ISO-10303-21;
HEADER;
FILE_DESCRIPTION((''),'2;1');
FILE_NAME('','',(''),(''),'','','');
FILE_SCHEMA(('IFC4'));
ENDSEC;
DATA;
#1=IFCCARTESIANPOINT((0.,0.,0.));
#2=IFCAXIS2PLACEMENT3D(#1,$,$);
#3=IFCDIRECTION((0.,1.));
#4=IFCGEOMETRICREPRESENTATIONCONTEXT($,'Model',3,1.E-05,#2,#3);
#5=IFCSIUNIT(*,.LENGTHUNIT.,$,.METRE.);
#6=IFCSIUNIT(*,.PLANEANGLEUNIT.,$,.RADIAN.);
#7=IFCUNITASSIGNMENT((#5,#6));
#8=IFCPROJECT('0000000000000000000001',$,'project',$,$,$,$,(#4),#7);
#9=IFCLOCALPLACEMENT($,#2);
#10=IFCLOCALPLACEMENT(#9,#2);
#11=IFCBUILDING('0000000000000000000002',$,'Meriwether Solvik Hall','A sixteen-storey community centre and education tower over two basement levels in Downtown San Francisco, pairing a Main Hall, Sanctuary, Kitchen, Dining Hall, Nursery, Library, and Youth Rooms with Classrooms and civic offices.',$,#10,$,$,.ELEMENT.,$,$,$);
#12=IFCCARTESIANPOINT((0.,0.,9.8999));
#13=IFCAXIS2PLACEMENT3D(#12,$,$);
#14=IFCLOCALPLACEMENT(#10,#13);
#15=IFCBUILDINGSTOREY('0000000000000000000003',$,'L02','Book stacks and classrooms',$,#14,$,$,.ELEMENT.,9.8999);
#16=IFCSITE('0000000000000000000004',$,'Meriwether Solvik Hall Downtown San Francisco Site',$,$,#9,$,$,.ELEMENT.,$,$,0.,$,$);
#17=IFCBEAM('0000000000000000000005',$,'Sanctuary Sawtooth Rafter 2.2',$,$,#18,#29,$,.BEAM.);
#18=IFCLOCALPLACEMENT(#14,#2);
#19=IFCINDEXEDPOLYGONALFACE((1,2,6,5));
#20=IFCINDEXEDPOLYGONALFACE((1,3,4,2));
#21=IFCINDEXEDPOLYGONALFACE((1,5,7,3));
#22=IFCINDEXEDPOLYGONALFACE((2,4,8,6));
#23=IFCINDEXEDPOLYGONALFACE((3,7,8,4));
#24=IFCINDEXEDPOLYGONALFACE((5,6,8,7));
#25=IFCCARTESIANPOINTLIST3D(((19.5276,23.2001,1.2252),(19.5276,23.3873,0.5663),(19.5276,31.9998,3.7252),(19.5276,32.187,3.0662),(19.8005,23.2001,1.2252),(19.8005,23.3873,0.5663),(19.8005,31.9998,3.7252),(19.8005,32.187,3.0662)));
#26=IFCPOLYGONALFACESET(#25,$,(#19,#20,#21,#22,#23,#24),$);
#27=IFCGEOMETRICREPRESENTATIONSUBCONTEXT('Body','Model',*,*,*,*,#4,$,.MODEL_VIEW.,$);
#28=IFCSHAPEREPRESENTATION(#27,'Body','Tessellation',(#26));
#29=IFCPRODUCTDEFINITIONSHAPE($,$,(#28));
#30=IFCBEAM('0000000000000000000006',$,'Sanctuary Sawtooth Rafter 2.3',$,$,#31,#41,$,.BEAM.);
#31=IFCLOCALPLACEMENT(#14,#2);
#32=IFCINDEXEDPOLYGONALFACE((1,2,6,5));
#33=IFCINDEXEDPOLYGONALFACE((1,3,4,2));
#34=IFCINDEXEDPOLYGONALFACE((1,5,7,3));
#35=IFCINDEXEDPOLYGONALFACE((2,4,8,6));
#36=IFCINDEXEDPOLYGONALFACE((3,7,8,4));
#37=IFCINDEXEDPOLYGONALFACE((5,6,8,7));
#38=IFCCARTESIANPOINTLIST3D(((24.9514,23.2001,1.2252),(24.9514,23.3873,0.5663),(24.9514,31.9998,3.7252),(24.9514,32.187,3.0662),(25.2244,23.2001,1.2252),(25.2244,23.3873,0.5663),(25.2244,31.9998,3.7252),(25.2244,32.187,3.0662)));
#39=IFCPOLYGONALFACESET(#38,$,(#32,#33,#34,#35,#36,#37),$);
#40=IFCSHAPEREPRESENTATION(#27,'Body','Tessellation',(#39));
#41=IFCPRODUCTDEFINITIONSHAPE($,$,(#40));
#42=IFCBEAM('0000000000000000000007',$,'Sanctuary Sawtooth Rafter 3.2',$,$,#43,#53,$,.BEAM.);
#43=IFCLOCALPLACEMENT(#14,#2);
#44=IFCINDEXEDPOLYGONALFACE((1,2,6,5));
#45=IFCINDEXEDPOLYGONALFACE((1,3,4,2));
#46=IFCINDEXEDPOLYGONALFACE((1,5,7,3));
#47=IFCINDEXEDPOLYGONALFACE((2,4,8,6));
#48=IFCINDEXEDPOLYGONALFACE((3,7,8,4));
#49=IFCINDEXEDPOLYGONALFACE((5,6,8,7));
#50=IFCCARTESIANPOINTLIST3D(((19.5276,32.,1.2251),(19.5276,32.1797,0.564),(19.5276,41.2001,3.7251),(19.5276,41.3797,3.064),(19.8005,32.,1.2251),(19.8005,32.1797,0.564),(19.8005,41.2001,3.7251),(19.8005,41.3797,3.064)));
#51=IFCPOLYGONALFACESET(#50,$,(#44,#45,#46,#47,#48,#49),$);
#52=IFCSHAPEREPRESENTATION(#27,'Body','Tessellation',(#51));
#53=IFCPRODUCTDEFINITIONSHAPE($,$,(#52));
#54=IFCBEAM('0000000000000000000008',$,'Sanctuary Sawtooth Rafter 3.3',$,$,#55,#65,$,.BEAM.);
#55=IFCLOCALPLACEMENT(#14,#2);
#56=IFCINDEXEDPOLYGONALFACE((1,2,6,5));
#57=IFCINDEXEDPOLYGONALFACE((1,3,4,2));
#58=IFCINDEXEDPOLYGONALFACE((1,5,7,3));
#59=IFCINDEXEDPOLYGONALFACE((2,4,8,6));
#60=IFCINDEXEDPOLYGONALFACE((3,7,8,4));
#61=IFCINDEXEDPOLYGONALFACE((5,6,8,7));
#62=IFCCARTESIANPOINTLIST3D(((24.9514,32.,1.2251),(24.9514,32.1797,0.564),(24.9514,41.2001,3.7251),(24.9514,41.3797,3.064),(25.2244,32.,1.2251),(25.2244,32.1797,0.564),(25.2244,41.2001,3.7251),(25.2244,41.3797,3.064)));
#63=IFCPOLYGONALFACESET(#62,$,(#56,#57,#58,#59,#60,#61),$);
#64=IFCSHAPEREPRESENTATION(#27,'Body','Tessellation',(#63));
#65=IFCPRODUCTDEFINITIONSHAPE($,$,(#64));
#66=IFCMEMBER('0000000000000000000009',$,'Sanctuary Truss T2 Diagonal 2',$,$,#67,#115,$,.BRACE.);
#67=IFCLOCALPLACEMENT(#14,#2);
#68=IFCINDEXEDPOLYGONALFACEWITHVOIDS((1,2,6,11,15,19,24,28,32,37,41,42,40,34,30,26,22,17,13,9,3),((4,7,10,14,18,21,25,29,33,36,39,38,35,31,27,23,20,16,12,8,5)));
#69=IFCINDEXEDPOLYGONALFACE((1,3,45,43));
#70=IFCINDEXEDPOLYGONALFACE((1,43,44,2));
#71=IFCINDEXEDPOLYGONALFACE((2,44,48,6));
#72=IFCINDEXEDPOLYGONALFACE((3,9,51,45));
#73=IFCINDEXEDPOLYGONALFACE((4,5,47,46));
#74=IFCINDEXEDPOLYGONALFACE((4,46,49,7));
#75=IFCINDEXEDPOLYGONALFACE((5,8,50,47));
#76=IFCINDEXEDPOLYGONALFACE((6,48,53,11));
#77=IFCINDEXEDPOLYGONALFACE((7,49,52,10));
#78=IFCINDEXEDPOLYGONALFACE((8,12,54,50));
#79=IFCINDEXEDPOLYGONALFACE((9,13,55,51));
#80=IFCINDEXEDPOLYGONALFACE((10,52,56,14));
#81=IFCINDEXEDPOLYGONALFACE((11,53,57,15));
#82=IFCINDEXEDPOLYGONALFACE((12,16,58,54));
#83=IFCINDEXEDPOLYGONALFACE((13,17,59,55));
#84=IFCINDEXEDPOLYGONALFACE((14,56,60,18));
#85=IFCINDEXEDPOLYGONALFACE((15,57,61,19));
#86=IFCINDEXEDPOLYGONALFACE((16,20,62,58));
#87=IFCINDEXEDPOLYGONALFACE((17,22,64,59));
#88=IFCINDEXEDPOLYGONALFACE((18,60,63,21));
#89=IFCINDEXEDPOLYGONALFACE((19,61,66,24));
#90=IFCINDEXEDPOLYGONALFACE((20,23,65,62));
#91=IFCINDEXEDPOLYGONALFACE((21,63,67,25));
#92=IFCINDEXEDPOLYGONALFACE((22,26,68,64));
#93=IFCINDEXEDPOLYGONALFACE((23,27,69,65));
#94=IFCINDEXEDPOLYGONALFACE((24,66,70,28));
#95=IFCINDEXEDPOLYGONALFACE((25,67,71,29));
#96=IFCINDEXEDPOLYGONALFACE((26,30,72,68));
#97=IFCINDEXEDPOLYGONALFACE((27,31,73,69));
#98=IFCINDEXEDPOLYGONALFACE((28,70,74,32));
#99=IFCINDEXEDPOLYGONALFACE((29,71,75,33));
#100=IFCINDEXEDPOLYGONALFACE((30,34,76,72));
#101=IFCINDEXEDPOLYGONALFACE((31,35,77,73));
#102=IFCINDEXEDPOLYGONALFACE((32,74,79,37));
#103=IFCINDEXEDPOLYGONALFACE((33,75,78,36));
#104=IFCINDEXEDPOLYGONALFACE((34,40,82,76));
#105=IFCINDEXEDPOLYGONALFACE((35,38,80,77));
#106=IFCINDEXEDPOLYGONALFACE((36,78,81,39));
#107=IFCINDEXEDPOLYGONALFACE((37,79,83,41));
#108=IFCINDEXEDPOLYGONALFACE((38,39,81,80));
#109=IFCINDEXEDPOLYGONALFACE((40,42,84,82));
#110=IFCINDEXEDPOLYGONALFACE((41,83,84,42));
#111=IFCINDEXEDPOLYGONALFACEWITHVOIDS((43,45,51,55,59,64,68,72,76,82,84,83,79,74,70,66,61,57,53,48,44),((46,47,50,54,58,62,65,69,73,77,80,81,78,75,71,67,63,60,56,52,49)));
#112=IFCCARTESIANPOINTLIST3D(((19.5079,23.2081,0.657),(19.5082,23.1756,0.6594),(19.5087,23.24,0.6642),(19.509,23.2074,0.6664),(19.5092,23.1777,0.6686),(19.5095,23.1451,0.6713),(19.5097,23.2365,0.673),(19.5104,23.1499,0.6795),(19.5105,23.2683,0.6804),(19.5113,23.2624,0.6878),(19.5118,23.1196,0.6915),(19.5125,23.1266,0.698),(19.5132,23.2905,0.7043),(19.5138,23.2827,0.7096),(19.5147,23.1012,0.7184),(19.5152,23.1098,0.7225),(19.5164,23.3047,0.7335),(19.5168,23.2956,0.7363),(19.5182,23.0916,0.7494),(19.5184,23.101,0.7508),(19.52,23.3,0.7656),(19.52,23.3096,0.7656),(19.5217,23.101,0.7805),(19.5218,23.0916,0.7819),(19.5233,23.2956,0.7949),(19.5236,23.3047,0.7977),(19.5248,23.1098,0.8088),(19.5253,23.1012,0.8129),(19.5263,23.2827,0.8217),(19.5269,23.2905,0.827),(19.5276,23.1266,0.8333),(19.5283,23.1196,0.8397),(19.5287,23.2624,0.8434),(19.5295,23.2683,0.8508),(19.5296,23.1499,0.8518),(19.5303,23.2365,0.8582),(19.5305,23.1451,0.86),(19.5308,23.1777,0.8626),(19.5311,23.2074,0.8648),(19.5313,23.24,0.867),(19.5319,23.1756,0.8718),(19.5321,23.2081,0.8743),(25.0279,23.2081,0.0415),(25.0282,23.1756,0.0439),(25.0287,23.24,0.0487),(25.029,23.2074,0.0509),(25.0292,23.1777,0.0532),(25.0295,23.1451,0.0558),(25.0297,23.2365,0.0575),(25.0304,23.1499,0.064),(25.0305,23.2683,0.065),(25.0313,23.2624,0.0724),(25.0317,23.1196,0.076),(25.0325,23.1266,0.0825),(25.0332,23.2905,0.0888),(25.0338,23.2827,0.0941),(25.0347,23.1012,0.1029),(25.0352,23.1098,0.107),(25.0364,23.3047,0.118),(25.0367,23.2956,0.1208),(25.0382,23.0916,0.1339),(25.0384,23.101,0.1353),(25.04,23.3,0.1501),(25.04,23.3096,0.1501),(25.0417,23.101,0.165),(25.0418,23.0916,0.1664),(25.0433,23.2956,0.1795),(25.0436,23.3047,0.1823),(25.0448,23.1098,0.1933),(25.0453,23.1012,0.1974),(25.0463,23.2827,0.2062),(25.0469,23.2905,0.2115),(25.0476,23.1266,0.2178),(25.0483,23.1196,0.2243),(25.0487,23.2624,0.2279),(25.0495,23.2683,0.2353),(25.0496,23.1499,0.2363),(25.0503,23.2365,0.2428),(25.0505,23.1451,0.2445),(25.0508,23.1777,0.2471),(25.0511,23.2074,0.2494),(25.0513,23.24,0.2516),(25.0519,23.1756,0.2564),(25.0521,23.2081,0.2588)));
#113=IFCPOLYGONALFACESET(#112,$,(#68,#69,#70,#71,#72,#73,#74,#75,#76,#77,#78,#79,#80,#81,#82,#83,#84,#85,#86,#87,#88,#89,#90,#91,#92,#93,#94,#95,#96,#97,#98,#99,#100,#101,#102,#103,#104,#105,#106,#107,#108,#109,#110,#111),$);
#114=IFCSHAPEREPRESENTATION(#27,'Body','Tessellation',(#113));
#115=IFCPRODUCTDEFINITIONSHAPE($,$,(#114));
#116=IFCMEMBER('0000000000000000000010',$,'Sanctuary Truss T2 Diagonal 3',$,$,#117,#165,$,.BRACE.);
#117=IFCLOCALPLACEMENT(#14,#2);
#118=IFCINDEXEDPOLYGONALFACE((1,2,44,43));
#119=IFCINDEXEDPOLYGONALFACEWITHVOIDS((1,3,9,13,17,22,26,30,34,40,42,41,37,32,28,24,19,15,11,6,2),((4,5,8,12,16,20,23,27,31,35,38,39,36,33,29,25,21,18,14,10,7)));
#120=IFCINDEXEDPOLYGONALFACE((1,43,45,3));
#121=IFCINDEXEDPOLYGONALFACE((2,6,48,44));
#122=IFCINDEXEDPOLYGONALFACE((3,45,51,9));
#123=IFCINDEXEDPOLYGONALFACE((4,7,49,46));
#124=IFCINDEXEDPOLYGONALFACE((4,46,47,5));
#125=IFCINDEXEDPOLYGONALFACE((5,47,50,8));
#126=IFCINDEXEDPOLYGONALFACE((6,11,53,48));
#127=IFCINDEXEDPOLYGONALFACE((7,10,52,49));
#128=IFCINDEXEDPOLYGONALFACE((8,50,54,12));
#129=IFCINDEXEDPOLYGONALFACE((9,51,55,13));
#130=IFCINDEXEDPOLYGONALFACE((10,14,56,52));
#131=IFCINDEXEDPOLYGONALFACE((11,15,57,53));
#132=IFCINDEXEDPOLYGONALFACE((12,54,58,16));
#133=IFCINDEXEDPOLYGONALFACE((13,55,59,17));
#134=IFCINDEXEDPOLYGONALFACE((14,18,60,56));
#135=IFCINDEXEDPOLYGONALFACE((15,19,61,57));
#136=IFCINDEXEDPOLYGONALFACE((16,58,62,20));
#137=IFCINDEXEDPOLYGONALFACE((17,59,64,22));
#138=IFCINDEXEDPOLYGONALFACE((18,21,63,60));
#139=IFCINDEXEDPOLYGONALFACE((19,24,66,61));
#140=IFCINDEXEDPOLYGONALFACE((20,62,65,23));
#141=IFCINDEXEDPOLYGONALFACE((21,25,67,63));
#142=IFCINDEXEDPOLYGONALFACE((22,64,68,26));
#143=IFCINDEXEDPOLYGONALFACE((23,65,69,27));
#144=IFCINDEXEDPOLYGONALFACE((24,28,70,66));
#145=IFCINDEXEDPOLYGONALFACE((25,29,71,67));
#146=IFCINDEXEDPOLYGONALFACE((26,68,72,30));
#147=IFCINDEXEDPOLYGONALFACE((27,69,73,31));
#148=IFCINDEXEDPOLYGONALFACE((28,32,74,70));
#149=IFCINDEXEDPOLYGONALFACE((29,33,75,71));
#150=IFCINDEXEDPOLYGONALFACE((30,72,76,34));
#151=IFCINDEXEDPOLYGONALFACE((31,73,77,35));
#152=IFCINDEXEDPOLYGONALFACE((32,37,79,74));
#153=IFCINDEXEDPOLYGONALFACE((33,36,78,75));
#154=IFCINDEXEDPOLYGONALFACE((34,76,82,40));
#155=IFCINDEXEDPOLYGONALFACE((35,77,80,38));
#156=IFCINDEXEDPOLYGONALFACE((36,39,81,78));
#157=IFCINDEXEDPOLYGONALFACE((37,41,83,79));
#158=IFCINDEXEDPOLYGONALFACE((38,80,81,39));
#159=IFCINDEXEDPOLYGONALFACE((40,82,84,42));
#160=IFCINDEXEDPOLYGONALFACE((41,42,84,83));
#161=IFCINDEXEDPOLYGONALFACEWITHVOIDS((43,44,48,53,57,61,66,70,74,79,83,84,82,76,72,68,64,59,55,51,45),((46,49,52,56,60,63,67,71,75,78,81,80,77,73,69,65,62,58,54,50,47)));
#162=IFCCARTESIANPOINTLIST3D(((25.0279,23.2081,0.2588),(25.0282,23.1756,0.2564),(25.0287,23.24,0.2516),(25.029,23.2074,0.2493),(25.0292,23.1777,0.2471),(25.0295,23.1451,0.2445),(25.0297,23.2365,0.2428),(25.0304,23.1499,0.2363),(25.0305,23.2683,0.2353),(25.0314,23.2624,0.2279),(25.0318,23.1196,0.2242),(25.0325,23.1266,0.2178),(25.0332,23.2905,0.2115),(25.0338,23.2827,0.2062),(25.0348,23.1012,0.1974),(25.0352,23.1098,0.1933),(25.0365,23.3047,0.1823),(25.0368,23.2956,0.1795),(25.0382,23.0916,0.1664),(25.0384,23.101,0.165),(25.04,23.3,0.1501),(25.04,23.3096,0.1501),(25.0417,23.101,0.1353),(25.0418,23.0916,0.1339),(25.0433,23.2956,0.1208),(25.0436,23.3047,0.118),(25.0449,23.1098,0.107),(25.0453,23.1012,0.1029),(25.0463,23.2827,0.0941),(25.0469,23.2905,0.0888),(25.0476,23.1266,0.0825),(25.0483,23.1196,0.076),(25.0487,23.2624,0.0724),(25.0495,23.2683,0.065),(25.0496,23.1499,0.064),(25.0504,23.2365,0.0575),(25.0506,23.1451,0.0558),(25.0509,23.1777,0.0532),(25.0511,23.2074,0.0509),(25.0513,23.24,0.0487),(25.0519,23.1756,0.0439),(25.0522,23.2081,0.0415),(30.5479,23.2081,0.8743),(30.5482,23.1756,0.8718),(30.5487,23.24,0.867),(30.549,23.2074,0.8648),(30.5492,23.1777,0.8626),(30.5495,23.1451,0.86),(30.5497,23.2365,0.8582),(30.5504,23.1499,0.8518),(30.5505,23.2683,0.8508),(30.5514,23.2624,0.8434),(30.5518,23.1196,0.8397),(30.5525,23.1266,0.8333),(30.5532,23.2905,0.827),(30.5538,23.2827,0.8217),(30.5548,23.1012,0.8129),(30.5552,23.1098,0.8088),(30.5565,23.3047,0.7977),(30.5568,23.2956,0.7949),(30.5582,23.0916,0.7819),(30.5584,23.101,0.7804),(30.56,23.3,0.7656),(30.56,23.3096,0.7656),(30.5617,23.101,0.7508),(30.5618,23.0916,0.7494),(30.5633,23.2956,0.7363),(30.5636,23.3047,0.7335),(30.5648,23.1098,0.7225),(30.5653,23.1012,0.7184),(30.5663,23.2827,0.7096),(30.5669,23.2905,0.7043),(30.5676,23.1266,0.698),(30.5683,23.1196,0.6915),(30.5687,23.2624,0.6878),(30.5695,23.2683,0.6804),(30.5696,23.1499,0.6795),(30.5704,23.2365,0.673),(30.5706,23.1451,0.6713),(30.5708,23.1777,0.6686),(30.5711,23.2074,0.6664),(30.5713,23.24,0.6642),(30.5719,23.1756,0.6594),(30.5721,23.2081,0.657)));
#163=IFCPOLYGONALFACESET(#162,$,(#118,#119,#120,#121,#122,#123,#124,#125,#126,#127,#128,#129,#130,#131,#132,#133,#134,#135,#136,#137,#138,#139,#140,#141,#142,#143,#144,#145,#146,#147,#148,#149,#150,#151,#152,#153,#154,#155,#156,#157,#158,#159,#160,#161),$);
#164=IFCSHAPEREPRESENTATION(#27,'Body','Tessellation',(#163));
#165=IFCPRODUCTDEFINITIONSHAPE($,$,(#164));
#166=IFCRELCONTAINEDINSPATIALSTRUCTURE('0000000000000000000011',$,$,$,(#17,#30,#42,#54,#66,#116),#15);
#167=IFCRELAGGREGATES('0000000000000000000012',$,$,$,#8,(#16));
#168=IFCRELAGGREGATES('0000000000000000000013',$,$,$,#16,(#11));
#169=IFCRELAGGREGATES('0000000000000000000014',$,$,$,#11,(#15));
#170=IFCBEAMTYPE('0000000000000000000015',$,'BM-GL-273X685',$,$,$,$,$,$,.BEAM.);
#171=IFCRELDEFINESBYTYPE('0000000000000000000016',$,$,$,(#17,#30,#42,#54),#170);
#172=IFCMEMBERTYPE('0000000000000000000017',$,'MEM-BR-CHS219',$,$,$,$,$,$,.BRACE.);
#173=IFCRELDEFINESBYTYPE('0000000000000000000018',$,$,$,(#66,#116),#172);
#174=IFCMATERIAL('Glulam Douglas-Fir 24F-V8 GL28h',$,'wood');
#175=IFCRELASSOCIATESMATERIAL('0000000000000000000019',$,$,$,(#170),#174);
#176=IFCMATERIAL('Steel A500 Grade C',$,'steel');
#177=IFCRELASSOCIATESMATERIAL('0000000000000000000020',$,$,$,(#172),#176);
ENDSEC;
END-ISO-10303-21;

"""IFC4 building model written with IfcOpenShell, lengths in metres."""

from ifc_helpers import new_model, si_unit, direction, frame, origin, origin_2d, place, context, subcontext, project, spatial, rectangle, hollow_circle, extrude, material, material_profile, profile_set, type_object, element, save


model = new_model("IFC4")

# Units and contexts
model_context = context("Model", 3, precision=1e-05, world=origin(), true_north=direction((0.0, 1.0)))
body_context = subcontext(model_context, "Body", "Model", "MODEL_VIEW")
ifc_project = project(units=[si_unit("LENGTHUNIT", "METRE"), si_unit("PLANEANGLEUNIT", "RADIAN")], contexts=[model_context])

# Site, building, storey
site_placement = place(None, origin())
site = spatial("IfcSite", under=ifc_project, at=site_placement, Name="Meriwether Solvik Hall Downtown San Francisco Site", CompositionType="ELEMENT", RefElevation=0.0)
building_placement = place(site_placement, origin())
building = spatial("IfcBuilding", under=site, at=building_placement, Name="Meriwether Solvik Hall", Description="A sixteen-storey community centre and education tower over two basement levels in Downtown San Francisco, pairing a Main Hall, Sanctuary, Kitchen, Dining Hall, Nursery, Library, and Youth Rooms with Classrooms and civic offices.", CompositionType="ELEMENT")
storey_placement = place(building_placement, frame((0.0, 0.0, 9.8999)))
storey = spatial("IfcBuildingStorey", under=building, at=storey_placement, Name="L02", Description="Book stacks and classrooms", CompositionType="ELEMENT", Elevation=9.8999)

# Beams
ifc_material_1 = material(Name="Glulam Douglas-Fir 24F-V8 GL28h", Category="wood")
ifc_material_profile_1 = material_profile(ifc_material_1, rectangle(XDim=0.2729, YDim=0.6851, at=origin_2d()), Name="GLB-273X685")
ifc_profile_set_1 = profile_set([ifc_material_profile_1], Name="Glulam Douglas-Fir 24F-V8 GL28h")
beam_type = type_object("IfcBeamType", Name="BM-GL-273X685", PredefinedType="BEAM", material=ifc_profile_set_1)
for number, where, z_axis, x_axis, name in (
    (1, (19.6641, 23.2937, 0.8958), (0.0, 0.961934, 0.273283), (-1.0, 0.0, 0.0), "Sanctuary Sawtooth Rafter 2.2"),
    (2, (25.0879, 23.2937, 0.8958), (0.0, 0.961934, 0.273283), (-1.0, 0.0, 0.0), "Sanctuary Sawtooth Rafter 2.3"),
):
    element("IfcBeam", number, at=place(storey_placement, frame(where, z_axis=z_axis, x_axis=x_axis)), inside=storey, type_object=beam_type, Name=name, PredefinedType="BEAM", context=body_context, shape_type="SweptSolid", body=[
        extrude(rectangle(XDim=0.2729, YDim=0.6851, at=origin_2d()), origin(), (0.0, 0.0, 1.0), 9.1479),
    ])
for number, where, z_axis, x_axis, name in (
    (3, (19.6641, 32.0898, 0.8945), (0.0, 0.965005, 0.262231), (-1.0, 0.0, 0.0), "Sanctuary Sawtooth Rafter 3.2"),
    (4, (25.0879, 32.0898, 0.8945), (0.0, 0.965005, 0.262231), (-1.0, 0.0, 0.0), "Sanctuary Sawtooth Rafter 3.3"),
):
    element("IfcBeam", number, at=place(storey_placement, frame(where, z_axis=z_axis, x_axis=x_axis)), inside=storey, type_object=beam_type, Name=name, PredefinedType="BEAM", context=body_context, shape_type="SweptSolid", body=[
        extrude(rectangle(XDim=0.2729, YDim=0.6851, at=origin_2d()), origin(), (0.0, 0.0, 1.0), 9.5337),
    ])

# Members
ifc_material_2 = material(Name="Steel A500 Grade C", Category="steel")
ifc_material_profile_2 = material_profile(ifc_material_2, hollow_circle(Radius=0.1096, WallThickness=0.0095, at=origin_2d()), Name="CHS219X9.5")
ifc_profile_set_2 = profile_set([ifc_material_profile_2], Name="Steel A500 Grade C")
member_type_1 = type_object("IfcMemberType", Name="MEM-BR-CHS219", PredefinedType="BRACE", material=ifc_profile_set_2)
for number, where, z_axis, x_axis, name in (
    (5, (19.52, 23.2, 0.7656), (0.993841, 0.0, -0.110813), (0.0, 1.0, 0.0), "Sanctuary Truss T2 Diagonal 2"),
    (6, (25.04, 23.2, 0.1501), (0.993841, 0.0, 0.110813), (0.0, 1.0, 0.0), "Sanctuary Truss T2 Diagonal 3"),
):
    element("IfcMember", number, at=place(storey_placement, frame(where, z_axis=z_axis, x_axis=x_axis)), inside=storey, type_object=member_type_1, Name=name, PredefinedType="BRACE", context=body_context, shape_type="SweptSolid", body=[
        extrude(hollow_circle(Radius=0.1096, WallThickness=0.0095, at=origin_2d()), origin(), (0.0, 0.0, 1.0), 5.5542),
    ])

save(model, "model.ifc")
